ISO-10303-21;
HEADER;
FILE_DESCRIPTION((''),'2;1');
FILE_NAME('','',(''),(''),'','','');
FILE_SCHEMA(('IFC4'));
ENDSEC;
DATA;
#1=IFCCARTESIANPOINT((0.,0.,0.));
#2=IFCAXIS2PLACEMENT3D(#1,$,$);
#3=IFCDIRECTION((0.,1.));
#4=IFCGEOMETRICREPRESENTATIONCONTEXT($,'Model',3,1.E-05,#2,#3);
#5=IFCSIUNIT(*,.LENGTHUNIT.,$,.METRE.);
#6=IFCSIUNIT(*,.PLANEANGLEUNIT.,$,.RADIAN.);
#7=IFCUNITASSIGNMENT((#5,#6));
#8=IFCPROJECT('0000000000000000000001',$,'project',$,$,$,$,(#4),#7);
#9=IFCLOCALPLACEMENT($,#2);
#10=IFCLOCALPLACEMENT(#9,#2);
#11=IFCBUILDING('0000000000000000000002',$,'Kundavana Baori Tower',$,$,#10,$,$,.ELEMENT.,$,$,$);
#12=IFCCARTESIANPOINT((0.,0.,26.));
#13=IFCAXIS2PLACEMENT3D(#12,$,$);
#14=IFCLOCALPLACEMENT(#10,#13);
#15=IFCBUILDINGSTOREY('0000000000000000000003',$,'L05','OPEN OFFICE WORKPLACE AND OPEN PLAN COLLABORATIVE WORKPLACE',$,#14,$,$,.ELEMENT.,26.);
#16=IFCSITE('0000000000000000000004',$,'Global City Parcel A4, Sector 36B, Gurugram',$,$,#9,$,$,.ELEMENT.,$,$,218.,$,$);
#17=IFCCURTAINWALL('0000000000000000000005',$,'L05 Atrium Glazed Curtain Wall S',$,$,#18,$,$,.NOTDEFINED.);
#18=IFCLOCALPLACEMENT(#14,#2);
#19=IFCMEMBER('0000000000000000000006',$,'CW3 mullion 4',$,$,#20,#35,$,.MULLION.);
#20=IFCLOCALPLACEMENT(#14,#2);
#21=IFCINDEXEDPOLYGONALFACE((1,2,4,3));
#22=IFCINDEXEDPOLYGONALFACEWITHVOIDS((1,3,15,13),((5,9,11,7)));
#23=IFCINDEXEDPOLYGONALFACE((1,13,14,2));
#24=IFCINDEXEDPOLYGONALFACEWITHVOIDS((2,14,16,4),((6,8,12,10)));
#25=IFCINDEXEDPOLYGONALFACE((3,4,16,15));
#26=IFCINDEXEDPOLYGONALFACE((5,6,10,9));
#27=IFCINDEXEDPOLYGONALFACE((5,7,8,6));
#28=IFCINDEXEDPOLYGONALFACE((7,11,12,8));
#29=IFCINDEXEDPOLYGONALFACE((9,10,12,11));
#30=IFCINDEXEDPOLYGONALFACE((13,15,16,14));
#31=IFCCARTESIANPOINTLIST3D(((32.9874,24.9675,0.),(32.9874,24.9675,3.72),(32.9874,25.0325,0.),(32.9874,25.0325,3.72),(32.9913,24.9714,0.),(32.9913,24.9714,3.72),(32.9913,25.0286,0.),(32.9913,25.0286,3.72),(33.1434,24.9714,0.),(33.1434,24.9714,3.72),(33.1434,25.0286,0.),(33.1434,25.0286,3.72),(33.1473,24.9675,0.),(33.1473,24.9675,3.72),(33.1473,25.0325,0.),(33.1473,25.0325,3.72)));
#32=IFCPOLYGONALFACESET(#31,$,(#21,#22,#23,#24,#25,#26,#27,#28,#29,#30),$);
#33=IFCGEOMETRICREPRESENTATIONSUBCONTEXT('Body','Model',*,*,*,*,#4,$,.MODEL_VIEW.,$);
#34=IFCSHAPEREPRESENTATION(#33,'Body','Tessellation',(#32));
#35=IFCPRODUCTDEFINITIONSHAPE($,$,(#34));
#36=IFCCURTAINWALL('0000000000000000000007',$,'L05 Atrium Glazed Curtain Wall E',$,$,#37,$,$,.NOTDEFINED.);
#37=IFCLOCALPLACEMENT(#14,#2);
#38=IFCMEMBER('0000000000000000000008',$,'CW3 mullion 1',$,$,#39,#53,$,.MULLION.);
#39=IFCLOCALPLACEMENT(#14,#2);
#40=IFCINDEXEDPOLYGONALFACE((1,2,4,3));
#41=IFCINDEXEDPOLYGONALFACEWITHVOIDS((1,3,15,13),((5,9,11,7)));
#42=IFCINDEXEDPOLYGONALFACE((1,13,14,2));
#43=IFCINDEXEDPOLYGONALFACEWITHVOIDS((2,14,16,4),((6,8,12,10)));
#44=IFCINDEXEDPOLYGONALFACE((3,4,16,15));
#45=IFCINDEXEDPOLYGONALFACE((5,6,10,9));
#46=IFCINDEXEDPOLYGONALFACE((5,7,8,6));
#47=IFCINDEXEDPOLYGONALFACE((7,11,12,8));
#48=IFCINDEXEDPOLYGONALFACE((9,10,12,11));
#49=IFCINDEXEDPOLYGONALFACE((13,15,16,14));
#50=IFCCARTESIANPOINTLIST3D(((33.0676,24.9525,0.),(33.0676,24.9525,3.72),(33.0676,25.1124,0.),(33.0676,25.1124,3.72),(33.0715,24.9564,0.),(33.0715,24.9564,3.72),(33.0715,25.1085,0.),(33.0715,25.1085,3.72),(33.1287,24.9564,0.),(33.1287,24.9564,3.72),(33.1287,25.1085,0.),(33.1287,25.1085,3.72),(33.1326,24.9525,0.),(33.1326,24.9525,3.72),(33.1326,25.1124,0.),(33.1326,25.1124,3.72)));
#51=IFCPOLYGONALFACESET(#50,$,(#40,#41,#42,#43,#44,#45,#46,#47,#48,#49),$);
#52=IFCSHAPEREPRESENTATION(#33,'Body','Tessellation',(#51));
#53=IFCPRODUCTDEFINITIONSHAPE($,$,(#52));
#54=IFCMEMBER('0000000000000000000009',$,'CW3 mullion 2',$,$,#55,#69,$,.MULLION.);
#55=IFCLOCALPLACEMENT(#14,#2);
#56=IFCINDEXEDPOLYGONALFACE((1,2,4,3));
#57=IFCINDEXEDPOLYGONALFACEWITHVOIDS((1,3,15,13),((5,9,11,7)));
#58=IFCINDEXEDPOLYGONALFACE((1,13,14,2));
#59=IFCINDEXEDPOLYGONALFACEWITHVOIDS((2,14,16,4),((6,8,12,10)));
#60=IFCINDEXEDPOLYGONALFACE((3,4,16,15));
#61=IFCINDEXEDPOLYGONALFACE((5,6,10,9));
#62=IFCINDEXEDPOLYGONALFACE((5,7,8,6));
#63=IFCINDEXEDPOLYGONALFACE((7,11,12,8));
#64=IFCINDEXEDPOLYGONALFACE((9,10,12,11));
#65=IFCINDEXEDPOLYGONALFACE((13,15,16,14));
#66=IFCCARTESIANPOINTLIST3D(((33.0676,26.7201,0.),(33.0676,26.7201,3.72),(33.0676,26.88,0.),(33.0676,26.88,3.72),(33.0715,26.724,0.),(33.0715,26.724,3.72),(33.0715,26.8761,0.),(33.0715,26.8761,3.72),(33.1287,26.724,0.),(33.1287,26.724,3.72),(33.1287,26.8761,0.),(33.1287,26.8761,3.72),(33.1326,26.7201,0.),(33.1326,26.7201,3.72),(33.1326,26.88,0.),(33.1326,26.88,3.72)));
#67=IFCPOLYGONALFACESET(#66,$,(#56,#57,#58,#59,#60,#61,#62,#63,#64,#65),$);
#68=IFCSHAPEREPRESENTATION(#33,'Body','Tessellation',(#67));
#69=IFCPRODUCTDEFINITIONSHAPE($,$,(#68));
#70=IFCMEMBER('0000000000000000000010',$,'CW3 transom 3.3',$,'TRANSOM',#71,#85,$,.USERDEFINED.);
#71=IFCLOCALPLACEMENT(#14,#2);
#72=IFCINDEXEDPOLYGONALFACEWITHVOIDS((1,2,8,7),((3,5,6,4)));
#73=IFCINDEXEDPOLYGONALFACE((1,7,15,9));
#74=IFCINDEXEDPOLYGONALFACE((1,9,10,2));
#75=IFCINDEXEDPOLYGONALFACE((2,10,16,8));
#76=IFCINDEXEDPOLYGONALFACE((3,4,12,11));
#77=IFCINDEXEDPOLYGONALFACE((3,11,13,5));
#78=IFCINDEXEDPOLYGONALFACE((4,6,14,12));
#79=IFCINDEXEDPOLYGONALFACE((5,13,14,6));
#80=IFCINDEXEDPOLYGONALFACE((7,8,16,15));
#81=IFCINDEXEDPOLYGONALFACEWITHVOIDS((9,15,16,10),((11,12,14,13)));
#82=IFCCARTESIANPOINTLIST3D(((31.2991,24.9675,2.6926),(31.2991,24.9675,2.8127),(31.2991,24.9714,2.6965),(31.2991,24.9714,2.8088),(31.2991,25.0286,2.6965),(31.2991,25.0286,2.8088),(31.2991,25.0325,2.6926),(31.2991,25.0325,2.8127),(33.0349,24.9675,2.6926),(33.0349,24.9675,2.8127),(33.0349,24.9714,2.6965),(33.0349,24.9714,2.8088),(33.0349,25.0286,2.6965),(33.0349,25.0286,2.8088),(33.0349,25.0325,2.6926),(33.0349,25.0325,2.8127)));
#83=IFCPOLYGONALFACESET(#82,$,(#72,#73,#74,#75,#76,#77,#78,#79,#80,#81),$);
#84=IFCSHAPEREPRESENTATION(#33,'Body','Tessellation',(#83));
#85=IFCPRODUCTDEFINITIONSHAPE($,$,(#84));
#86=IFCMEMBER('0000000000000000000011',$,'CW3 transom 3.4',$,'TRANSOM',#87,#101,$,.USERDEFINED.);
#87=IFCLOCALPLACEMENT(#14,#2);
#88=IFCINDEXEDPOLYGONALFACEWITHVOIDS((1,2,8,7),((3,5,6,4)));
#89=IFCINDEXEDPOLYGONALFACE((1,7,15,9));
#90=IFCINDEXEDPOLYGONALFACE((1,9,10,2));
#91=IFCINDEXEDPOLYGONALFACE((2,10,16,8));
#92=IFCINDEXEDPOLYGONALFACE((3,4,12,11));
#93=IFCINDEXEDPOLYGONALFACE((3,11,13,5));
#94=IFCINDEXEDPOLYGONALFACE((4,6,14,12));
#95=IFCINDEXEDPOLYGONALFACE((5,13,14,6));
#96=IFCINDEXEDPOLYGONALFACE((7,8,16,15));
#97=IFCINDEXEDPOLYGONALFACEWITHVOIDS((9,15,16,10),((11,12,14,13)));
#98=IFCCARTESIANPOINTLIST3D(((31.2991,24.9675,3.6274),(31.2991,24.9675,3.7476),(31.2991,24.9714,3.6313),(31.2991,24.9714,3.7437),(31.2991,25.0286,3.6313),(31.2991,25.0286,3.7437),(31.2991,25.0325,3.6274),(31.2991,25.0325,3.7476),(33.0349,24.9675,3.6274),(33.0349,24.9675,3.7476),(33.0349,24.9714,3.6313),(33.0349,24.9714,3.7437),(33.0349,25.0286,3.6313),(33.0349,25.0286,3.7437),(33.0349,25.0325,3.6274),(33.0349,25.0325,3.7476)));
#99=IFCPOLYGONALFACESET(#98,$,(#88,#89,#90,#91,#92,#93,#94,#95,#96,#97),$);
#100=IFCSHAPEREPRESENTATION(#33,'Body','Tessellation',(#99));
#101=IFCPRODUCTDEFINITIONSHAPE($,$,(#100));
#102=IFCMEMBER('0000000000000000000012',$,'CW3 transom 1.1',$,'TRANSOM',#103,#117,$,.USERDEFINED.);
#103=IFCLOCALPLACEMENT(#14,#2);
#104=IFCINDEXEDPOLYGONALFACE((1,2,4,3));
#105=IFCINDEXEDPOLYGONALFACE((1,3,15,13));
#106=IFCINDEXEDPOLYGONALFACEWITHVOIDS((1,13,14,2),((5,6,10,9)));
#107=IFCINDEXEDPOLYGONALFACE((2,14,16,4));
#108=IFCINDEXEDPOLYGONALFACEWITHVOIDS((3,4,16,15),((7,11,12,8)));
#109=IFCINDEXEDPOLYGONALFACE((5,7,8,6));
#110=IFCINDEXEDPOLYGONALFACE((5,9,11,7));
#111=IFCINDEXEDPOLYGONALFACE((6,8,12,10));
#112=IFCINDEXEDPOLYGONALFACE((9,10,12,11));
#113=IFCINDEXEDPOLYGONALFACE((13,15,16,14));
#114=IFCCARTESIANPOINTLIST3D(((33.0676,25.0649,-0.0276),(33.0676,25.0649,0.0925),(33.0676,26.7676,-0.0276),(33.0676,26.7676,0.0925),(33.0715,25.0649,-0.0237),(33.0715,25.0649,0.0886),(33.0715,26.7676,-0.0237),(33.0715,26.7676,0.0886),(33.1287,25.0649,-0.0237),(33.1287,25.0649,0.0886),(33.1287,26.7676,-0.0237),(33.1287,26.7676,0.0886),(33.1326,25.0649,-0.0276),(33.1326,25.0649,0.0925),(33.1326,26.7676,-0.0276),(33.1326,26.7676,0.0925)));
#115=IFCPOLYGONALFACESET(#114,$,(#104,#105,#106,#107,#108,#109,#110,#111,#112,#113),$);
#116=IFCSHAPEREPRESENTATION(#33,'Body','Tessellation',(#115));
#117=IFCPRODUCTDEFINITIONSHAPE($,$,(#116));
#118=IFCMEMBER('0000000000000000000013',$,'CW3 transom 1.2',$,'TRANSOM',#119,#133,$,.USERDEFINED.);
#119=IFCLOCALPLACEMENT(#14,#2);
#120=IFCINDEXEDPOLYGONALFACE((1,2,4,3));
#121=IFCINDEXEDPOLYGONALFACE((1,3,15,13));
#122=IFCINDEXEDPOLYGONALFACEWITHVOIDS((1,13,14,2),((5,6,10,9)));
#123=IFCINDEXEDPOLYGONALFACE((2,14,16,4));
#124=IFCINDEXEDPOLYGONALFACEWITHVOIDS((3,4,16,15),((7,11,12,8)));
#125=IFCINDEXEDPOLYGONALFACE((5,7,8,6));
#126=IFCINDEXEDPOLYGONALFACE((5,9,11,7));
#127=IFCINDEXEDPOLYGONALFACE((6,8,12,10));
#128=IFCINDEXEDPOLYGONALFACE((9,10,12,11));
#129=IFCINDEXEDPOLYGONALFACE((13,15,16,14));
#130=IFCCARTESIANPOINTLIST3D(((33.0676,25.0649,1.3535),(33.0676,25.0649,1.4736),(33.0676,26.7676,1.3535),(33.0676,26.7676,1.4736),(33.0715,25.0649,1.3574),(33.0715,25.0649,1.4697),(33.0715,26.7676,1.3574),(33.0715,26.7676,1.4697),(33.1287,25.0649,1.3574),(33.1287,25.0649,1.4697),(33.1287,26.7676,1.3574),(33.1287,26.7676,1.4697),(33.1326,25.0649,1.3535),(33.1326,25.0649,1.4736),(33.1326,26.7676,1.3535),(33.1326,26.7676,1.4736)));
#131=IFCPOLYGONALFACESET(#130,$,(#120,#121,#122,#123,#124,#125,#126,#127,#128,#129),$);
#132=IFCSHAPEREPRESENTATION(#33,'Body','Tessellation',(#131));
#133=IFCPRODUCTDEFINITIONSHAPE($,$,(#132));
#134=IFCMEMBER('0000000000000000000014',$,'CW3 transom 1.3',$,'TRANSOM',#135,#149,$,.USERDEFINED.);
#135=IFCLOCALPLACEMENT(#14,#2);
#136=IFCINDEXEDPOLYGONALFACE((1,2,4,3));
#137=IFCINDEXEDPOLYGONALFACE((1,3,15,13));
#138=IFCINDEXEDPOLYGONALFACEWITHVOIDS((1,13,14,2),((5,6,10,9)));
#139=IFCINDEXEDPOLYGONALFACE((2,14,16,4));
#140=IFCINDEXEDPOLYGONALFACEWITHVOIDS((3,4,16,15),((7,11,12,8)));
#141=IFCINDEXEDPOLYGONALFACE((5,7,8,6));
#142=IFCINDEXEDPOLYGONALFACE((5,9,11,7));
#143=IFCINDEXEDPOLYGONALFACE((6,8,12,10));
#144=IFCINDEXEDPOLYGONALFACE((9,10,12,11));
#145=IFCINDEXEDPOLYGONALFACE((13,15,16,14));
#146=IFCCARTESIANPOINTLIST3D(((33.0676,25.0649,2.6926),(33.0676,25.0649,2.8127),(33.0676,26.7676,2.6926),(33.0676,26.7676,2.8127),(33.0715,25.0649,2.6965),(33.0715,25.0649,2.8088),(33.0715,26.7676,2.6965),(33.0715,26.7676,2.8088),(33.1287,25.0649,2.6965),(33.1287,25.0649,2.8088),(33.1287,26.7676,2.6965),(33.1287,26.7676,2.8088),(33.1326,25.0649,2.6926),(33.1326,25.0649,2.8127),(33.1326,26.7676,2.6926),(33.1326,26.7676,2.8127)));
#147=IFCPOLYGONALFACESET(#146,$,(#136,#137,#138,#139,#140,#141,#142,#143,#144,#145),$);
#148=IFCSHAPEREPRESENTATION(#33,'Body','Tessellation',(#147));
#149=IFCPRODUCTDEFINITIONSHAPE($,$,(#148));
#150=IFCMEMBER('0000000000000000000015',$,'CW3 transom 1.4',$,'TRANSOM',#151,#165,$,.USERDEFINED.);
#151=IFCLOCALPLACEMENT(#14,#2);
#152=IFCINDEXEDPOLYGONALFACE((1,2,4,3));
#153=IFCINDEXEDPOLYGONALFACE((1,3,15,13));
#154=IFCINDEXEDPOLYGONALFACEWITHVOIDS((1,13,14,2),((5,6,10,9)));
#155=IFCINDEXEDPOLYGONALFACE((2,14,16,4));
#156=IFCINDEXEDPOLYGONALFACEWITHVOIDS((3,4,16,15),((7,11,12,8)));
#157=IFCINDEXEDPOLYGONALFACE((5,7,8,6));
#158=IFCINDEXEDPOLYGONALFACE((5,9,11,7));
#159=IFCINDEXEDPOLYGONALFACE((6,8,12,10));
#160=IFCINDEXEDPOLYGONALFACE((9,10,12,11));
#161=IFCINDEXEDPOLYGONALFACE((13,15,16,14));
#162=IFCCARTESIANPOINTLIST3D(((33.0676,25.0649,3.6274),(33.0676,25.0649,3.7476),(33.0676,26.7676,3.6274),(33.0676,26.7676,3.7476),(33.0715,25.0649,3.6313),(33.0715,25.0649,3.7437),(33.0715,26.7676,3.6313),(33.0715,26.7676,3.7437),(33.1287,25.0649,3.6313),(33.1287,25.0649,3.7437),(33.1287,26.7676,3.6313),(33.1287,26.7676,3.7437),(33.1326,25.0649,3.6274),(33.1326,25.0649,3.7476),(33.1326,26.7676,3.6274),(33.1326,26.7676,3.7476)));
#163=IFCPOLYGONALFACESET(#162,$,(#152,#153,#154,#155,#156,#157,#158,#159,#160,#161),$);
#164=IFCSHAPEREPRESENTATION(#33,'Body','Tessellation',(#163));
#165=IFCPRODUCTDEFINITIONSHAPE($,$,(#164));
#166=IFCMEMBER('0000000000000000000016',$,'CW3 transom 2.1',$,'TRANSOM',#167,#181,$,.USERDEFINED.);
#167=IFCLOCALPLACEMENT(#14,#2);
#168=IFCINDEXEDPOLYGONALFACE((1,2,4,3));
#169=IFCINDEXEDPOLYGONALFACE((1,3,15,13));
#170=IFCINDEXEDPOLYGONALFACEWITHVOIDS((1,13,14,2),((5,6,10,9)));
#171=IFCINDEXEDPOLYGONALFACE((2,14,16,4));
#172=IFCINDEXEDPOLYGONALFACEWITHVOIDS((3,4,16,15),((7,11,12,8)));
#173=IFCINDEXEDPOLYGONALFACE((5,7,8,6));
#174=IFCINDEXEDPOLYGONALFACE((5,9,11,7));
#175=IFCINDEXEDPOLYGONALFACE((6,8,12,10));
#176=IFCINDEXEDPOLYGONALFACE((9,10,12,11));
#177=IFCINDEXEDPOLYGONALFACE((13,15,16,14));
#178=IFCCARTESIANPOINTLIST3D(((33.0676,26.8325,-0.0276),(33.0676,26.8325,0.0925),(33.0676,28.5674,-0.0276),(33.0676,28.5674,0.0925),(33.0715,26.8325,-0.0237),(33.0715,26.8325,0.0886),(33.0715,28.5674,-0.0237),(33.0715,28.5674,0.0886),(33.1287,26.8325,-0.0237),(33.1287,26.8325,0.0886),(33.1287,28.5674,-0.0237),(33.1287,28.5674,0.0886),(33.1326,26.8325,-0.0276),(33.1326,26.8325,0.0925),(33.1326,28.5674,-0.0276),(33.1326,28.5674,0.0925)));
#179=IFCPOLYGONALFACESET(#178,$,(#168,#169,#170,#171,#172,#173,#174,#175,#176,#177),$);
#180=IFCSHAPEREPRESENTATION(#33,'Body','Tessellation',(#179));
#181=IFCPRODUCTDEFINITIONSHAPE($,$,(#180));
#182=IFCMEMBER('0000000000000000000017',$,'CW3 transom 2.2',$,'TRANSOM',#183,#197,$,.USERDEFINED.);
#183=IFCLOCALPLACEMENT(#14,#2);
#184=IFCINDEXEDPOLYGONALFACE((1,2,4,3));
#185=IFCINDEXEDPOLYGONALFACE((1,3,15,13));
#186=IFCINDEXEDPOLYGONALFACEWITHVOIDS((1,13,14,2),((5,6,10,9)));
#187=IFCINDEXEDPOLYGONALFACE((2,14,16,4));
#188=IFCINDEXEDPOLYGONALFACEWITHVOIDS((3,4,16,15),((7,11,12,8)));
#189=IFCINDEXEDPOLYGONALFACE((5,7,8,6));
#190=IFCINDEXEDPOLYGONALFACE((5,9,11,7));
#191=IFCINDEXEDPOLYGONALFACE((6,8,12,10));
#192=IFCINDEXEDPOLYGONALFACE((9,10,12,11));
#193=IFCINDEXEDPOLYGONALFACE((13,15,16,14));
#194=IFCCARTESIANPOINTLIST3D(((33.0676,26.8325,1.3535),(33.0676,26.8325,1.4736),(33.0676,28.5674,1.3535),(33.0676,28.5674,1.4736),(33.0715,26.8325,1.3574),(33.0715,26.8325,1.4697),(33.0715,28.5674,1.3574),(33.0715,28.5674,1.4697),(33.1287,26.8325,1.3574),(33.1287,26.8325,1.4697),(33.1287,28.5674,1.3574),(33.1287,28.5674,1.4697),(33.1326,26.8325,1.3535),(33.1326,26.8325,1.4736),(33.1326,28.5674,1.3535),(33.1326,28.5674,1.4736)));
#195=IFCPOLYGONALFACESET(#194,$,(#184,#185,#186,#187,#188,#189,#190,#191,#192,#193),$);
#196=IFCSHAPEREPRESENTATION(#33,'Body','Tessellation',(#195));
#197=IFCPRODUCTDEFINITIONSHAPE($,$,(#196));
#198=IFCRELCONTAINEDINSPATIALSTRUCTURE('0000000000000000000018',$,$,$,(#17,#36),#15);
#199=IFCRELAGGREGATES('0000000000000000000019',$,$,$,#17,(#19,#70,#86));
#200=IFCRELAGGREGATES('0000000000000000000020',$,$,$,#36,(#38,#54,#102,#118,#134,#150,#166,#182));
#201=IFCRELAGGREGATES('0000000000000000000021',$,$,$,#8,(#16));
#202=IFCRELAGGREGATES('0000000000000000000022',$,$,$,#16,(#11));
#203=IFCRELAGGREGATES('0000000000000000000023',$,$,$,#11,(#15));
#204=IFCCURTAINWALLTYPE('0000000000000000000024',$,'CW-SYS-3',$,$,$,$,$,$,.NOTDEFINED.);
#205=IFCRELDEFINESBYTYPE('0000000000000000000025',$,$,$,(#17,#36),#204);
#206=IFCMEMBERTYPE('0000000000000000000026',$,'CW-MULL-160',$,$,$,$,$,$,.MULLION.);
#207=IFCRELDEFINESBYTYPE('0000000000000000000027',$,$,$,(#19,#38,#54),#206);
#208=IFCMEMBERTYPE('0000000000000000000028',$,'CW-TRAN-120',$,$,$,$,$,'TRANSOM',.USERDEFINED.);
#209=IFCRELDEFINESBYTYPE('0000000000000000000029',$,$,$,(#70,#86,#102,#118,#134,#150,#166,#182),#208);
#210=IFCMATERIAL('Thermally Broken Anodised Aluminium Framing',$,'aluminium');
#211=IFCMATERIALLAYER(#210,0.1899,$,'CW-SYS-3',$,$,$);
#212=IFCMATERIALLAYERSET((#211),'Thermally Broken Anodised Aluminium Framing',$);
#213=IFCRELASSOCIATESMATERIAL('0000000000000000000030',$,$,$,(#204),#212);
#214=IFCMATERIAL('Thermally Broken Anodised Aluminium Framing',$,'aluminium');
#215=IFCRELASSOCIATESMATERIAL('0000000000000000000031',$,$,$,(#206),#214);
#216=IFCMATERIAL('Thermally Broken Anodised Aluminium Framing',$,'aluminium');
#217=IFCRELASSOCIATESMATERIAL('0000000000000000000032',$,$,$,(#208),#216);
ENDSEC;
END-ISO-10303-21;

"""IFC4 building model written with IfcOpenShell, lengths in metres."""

from ifc_helpers import new_model, si_unit, direction, frame, origin, origin_2d, place, context, subcontext, project, spatial, hollow_rectangle, extrude, material, layer, layer_set, material_profile, profile_set, type_object, element, aggregate, save


model = new_model("IFC4")

# Units and contexts
model_context = context("Model", 3, precision=1e-05, world=origin(), true_north=direction((0.0, 1.0)))
body_context = subcontext(model_context, "Body", "Model", "MODEL_VIEW")
ifc_project = project(units=[si_unit("LENGTHUNIT", "METRE"), si_unit("PLANEANGLEUNIT", "RADIAN")], contexts=[model_context])

# Site, building, storey
site_placement = place(None, origin())
site = spatial("IfcSite", under=ifc_project, at=site_placement, Name="Global City Parcel A4, Sector 36B, Gurugram", CompositionType="ELEMENT", RefElevation=218.0)
building_placement = place(site_placement, origin())
building = spatial("IfcBuilding", under=site, at=building_placement, Name="Kundavana Baori Tower", CompositionType="ELEMENT")
storey_placement = place(building_placement, frame((0.0, 0.0, 26.0)))
storey = spatial("IfcBuildingStorey", under=building, at=storey_placement, Name="L05", Description="OPEN OFFICE WORKPLACE AND OPEN PLAN COLLABORATIVE WORKPLACE", CompositionType="ELEMENT", Elevation=26.0)

# Curtain wall, member
ifc_material_1 = material(Name="Thermally Broken Anodised Aluminium Framing", Category="aluminium")
ifc_layer_1 = layer(ifc_material_1, 0.1899, Name="CW-SYS-3")
ifc_layer_set_1 = layer_set([ifc_layer_1], Name="Thermally Broken Anodised Aluminium Framing")
curtain_wall_type = type_object("IfcCurtainWallType", Name="CW-SYS-3", PredefinedType="NOTDEFINED", material=ifc_layer_set_1)
curtain_wall_1_placement = place(storey_placement, origin())
curtain_wall_1 = element("IfcCurtainWall", 1, at=curtain_wall_1_placement, inside=storey, type_object=curtain_wall_type, Name="L05 Atrium Glazed Curtain Wall S", PredefinedType="NOTDEFINED")
ifc_material_2 = material(Name="Thermally Broken Anodised Aluminium Framing", Category="aluminium")
ifc_material_profile_1 = material_profile(ifc_material_2, hollow_rectangle(XDim=0.0649, YDim=0.1599, WallThickness=0.0039, at=origin_2d()), Name="CW-MULL-160")
ifc_profile_set_1 = profile_set([ifc_material_profile_1], Name="Thermally Broken Anodised Aluminium Framing")
member_type_1 = type_object("IfcMemberType", Name="CW-MULL-160", PredefinedType="MULLION", material=ifc_profile_set_1)
member_1_placement = place(storey_placement, frame((33.0674, 25.0, 0.0), z_axis=(0.0, 0.0, 1.0), x_axis=(0.0, 1.0, 0.0)))
member_1 = element("IfcMember", 2, at=member_1_placement, type_object=member_type_1, Name="CW3 mullion 4", PredefinedType="MULLION", context=body_context, shape_type="SweptSolid", body=[
    extrude(hollow_rectangle(XDim=0.0649, YDim=0.1599, WallThickness=0.0039, at=origin_2d()), origin(), (0.0, 0.0, 1.0), 3.72),
])

# Curtain wall, members
curtain_wall_2_placement = place(storey_placement, origin())
curtain_wall_2 = element("IfcCurtainWall", 3, at=curtain_wall_2_placement, inside=storey, type_object=curtain_wall_type, Name="L05 Atrium Glazed Curtain Wall E", PredefinedType="NOTDEFINED")
member_2_placement = place(storey_placement, frame((33.1001, 25.0325, 0.0), z_axis=(0.0, 0.0, 1.0), x_axis=(-1.0, 0.0, 0.0)))
member_2 = element("IfcMember", 4, at=member_2_placement, type_object=member_type_1, Name="CW3 mullion 1", PredefinedType="MULLION", context=body_context, shape_type="SweptSolid", body=[
    extrude(hollow_rectangle(XDim=0.0649, YDim=0.1599, WallThickness=0.0039, at=origin_2d()), origin(), (0.0, 0.0, 1.0), 3.72),
])
member_3_placement = place(storey_placement, frame((33.1001, 26.8, 0.0), z_axis=(0.0, 0.0, 1.0), x_axis=(-1.0, 0.0, 0.0)))
member_3 = element("IfcMember", 5, at=member_3_placement, type_object=member_type_1, Name="CW3 mullion 2", PredefinedType="MULLION", context=body_context, shape_type="SweptSolid", body=[
    extrude(hollow_rectangle(XDim=0.0649, YDim=0.1599, WallThickness=0.0039, at=origin_2d()), origin(), (0.0, 0.0, 1.0), 3.72),
])

# Members
ifc_material_3 = material(Name="Thermally Broken Anodised Aluminium Framing", Category="aluminium")
ifc_material_profile_2 = material_profile(ifc_material_3, hollow_rectangle(XDim=0.0649, YDim=0.1201, WallThickness=0.0039, at=origin_2d()), Name="CW-TRAN-120")
ifc_profile_set_2 = profile_set([ifc_material_profile_2], Name="Thermally Broken Anodised Aluminium Framing")
member_type_2 = type_object("IfcMemberType", Name="CW-TRAN-120", ElementType="TRANSOM", PredefinedType="USERDEFINED", material=ifc_profile_set_2)
member_4_placement = place(storey_placement, frame((31.2991, 25.0, 2.7527), z_axis=(1.0, 0.0, 0.0), x_axis=(0.0, 1.0, 0.0)))
member_4 = element("IfcMember", 6, at=member_4_placement, type_object=member_type_2, Name="CW3 transom 3.3", ObjectType="TRANSOM", PredefinedType="USERDEFINED", context=body_context, shape_type="SweptSolid", body=[
    extrude(hollow_rectangle(XDim=0.0649, YDim=0.1201, WallThickness=0.0039, at=origin_2d()), origin(), (0.0, 0.0, 1.0), 1.7358),
])
member_5_placement = place(storey_placement, frame((31.2991, 25.0, 3.6875), z_axis=(1.0, 0.0, 0.0), x_axis=(0.0, 1.0, 0.0)))
member_5 = element("IfcMember", 7, at=member_5_placement, type_object=member_type_2, Name="CW3 transom 3.4", ObjectType="TRANSOM", PredefinedType="USERDEFINED", context=body_context, shape_type="SweptSolid", body=[
    extrude(hollow_rectangle(XDim=0.0649, YDim=0.1201, WallThickness=0.0039, at=origin_2d()), origin(), (0.0, 0.0, 1.0), 1.7358),
])
member_6_placement = place(storey_placement, frame((33.1001, 25.0649, 0.0325), z_axis=(0.0, 1.0, 0.0), x_axis=(-1.0, 0.0, 0.0)))
member_6 = element("IfcMember", 8, at=member_6_placement, type_object=member_type_2, Name="CW3 transom 1.1", ObjectType="TRANSOM", PredefinedType="USERDEFINED", context=body_context, shape_type="SweptSolid", body=[
    extrude(hollow_rectangle(XDim=0.0649, YDim=0.1201, WallThickness=0.0039, at=origin_2d()), origin(), (0.0, 0.0, 1.0), 1.7026),
])
member_7_placement = place(storey_placement, frame((33.1001, 25.0649, 1.4136), z_axis=(0.0, 1.0, 0.0), x_axis=(-1.0, 0.0, 0.0)))
member_7 = element("IfcMember", 9, at=member_7_placement, type_object=member_type_2, Name="CW3 transom 1.2", ObjectType="TRANSOM", PredefinedType="USERDEFINED", context=body_context, shape_type="SweptSolid", body=[
    extrude(hollow_rectangle(XDim=0.0649, YDim=0.1201, WallThickness=0.0039, at=origin_2d()), origin(), (0.0, 0.0, 1.0), 1.7026),
])
member_8_placement = place(storey_placement, frame((33.1001, 25.0649, 2.7527), z_axis=(0.0, 1.0, 0.0), x_axis=(-1.0, 0.0, 0.0)))
member_8 = element("IfcMember", 10, at=member_8_placement, type_object=member_type_2, Name="CW3 transom 1.3", ObjectType="TRANSOM", PredefinedType="USERDEFINED", context=body_context, shape_type="SweptSolid", body=[
    extrude(hollow_rectangle(XDim=0.0649, YDim=0.1201, WallThickness=0.0039, at=origin_2d()), origin(), (0.0, 0.0, 1.0), 1.7026),
])
member_9_placement = place(storey_placement, frame((33.1001, 25.0649, 3.6875), z_axis=(0.0, 1.0, 0.0), x_axis=(-1.0, 0.0, 0.0)))
member_9 = element("IfcMember", 11, at=member_9_placement, type_object=member_type_2, Name="CW3 transom 1.4", ObjectType="TRANSOM", PredefinedType="USERDEFINED", context=body_context, shape_type="SweptSolid", body=[
    extrude(hollow_rectangle(XDim=0.0649, YDim=0.1201, WallThickness=0.0039, at=origin_2d()), origin(), (0.0, 0.0, 1.0), 1.7026),
])
member_10_placement = place(storey_placement, frame((33.1001, 26.8325, 0.0325), z_axis=(0.0, 1.0, 0.0), x_axis=(-1.0, 0.0, 0.0)))
member_10 = element("IfcMember", 12, at=member_10_placement, type_object=member_type_2, Name="CW3 transom 2.1", ObjectType="TRANSOM", PredefinedType="USERDEFINED", context=body_context, shape_type="SweptSolid", body=[
    extrude(hollow_rectangle(XDim=0.0649, YDim=0.1201, WallThickness=0.0039, at=origin_2d()), origin(), (0.0, 0.0, 1.0), 1.7349),
])
member_11_placement = place(storey_placement, frame((33.1001, 26.8325, 1.4136), z_axis=(0.0, 1.0, 0.0), x_axis=(-1.0, 0.0, 0.0)))
member_11 = element("IfcMember", 13, at=member_11_placement, type_object=member_type_2, Name="CW3 transom 2.2", ObjectType="TRANSOM", PredefinedType="USERDEFINED", context=body_context, shape_type="SweptSolid", body=[
    extrude(hollow_rectangle(XDim=0.0649, YDim=0.1201, WallThickness=0.0039, at=origin_2d()), origin(), (0.0, 0.0, 1.0), 1.7349),
])

aggregate(curtain_wall_1, [member_1, member_4, member_5])
aggregate(curtain_wall_2, [member_2, member_3, member_6, member_7, member_8, member_9, member_10, member_11])

save(model, "model.ifc")
